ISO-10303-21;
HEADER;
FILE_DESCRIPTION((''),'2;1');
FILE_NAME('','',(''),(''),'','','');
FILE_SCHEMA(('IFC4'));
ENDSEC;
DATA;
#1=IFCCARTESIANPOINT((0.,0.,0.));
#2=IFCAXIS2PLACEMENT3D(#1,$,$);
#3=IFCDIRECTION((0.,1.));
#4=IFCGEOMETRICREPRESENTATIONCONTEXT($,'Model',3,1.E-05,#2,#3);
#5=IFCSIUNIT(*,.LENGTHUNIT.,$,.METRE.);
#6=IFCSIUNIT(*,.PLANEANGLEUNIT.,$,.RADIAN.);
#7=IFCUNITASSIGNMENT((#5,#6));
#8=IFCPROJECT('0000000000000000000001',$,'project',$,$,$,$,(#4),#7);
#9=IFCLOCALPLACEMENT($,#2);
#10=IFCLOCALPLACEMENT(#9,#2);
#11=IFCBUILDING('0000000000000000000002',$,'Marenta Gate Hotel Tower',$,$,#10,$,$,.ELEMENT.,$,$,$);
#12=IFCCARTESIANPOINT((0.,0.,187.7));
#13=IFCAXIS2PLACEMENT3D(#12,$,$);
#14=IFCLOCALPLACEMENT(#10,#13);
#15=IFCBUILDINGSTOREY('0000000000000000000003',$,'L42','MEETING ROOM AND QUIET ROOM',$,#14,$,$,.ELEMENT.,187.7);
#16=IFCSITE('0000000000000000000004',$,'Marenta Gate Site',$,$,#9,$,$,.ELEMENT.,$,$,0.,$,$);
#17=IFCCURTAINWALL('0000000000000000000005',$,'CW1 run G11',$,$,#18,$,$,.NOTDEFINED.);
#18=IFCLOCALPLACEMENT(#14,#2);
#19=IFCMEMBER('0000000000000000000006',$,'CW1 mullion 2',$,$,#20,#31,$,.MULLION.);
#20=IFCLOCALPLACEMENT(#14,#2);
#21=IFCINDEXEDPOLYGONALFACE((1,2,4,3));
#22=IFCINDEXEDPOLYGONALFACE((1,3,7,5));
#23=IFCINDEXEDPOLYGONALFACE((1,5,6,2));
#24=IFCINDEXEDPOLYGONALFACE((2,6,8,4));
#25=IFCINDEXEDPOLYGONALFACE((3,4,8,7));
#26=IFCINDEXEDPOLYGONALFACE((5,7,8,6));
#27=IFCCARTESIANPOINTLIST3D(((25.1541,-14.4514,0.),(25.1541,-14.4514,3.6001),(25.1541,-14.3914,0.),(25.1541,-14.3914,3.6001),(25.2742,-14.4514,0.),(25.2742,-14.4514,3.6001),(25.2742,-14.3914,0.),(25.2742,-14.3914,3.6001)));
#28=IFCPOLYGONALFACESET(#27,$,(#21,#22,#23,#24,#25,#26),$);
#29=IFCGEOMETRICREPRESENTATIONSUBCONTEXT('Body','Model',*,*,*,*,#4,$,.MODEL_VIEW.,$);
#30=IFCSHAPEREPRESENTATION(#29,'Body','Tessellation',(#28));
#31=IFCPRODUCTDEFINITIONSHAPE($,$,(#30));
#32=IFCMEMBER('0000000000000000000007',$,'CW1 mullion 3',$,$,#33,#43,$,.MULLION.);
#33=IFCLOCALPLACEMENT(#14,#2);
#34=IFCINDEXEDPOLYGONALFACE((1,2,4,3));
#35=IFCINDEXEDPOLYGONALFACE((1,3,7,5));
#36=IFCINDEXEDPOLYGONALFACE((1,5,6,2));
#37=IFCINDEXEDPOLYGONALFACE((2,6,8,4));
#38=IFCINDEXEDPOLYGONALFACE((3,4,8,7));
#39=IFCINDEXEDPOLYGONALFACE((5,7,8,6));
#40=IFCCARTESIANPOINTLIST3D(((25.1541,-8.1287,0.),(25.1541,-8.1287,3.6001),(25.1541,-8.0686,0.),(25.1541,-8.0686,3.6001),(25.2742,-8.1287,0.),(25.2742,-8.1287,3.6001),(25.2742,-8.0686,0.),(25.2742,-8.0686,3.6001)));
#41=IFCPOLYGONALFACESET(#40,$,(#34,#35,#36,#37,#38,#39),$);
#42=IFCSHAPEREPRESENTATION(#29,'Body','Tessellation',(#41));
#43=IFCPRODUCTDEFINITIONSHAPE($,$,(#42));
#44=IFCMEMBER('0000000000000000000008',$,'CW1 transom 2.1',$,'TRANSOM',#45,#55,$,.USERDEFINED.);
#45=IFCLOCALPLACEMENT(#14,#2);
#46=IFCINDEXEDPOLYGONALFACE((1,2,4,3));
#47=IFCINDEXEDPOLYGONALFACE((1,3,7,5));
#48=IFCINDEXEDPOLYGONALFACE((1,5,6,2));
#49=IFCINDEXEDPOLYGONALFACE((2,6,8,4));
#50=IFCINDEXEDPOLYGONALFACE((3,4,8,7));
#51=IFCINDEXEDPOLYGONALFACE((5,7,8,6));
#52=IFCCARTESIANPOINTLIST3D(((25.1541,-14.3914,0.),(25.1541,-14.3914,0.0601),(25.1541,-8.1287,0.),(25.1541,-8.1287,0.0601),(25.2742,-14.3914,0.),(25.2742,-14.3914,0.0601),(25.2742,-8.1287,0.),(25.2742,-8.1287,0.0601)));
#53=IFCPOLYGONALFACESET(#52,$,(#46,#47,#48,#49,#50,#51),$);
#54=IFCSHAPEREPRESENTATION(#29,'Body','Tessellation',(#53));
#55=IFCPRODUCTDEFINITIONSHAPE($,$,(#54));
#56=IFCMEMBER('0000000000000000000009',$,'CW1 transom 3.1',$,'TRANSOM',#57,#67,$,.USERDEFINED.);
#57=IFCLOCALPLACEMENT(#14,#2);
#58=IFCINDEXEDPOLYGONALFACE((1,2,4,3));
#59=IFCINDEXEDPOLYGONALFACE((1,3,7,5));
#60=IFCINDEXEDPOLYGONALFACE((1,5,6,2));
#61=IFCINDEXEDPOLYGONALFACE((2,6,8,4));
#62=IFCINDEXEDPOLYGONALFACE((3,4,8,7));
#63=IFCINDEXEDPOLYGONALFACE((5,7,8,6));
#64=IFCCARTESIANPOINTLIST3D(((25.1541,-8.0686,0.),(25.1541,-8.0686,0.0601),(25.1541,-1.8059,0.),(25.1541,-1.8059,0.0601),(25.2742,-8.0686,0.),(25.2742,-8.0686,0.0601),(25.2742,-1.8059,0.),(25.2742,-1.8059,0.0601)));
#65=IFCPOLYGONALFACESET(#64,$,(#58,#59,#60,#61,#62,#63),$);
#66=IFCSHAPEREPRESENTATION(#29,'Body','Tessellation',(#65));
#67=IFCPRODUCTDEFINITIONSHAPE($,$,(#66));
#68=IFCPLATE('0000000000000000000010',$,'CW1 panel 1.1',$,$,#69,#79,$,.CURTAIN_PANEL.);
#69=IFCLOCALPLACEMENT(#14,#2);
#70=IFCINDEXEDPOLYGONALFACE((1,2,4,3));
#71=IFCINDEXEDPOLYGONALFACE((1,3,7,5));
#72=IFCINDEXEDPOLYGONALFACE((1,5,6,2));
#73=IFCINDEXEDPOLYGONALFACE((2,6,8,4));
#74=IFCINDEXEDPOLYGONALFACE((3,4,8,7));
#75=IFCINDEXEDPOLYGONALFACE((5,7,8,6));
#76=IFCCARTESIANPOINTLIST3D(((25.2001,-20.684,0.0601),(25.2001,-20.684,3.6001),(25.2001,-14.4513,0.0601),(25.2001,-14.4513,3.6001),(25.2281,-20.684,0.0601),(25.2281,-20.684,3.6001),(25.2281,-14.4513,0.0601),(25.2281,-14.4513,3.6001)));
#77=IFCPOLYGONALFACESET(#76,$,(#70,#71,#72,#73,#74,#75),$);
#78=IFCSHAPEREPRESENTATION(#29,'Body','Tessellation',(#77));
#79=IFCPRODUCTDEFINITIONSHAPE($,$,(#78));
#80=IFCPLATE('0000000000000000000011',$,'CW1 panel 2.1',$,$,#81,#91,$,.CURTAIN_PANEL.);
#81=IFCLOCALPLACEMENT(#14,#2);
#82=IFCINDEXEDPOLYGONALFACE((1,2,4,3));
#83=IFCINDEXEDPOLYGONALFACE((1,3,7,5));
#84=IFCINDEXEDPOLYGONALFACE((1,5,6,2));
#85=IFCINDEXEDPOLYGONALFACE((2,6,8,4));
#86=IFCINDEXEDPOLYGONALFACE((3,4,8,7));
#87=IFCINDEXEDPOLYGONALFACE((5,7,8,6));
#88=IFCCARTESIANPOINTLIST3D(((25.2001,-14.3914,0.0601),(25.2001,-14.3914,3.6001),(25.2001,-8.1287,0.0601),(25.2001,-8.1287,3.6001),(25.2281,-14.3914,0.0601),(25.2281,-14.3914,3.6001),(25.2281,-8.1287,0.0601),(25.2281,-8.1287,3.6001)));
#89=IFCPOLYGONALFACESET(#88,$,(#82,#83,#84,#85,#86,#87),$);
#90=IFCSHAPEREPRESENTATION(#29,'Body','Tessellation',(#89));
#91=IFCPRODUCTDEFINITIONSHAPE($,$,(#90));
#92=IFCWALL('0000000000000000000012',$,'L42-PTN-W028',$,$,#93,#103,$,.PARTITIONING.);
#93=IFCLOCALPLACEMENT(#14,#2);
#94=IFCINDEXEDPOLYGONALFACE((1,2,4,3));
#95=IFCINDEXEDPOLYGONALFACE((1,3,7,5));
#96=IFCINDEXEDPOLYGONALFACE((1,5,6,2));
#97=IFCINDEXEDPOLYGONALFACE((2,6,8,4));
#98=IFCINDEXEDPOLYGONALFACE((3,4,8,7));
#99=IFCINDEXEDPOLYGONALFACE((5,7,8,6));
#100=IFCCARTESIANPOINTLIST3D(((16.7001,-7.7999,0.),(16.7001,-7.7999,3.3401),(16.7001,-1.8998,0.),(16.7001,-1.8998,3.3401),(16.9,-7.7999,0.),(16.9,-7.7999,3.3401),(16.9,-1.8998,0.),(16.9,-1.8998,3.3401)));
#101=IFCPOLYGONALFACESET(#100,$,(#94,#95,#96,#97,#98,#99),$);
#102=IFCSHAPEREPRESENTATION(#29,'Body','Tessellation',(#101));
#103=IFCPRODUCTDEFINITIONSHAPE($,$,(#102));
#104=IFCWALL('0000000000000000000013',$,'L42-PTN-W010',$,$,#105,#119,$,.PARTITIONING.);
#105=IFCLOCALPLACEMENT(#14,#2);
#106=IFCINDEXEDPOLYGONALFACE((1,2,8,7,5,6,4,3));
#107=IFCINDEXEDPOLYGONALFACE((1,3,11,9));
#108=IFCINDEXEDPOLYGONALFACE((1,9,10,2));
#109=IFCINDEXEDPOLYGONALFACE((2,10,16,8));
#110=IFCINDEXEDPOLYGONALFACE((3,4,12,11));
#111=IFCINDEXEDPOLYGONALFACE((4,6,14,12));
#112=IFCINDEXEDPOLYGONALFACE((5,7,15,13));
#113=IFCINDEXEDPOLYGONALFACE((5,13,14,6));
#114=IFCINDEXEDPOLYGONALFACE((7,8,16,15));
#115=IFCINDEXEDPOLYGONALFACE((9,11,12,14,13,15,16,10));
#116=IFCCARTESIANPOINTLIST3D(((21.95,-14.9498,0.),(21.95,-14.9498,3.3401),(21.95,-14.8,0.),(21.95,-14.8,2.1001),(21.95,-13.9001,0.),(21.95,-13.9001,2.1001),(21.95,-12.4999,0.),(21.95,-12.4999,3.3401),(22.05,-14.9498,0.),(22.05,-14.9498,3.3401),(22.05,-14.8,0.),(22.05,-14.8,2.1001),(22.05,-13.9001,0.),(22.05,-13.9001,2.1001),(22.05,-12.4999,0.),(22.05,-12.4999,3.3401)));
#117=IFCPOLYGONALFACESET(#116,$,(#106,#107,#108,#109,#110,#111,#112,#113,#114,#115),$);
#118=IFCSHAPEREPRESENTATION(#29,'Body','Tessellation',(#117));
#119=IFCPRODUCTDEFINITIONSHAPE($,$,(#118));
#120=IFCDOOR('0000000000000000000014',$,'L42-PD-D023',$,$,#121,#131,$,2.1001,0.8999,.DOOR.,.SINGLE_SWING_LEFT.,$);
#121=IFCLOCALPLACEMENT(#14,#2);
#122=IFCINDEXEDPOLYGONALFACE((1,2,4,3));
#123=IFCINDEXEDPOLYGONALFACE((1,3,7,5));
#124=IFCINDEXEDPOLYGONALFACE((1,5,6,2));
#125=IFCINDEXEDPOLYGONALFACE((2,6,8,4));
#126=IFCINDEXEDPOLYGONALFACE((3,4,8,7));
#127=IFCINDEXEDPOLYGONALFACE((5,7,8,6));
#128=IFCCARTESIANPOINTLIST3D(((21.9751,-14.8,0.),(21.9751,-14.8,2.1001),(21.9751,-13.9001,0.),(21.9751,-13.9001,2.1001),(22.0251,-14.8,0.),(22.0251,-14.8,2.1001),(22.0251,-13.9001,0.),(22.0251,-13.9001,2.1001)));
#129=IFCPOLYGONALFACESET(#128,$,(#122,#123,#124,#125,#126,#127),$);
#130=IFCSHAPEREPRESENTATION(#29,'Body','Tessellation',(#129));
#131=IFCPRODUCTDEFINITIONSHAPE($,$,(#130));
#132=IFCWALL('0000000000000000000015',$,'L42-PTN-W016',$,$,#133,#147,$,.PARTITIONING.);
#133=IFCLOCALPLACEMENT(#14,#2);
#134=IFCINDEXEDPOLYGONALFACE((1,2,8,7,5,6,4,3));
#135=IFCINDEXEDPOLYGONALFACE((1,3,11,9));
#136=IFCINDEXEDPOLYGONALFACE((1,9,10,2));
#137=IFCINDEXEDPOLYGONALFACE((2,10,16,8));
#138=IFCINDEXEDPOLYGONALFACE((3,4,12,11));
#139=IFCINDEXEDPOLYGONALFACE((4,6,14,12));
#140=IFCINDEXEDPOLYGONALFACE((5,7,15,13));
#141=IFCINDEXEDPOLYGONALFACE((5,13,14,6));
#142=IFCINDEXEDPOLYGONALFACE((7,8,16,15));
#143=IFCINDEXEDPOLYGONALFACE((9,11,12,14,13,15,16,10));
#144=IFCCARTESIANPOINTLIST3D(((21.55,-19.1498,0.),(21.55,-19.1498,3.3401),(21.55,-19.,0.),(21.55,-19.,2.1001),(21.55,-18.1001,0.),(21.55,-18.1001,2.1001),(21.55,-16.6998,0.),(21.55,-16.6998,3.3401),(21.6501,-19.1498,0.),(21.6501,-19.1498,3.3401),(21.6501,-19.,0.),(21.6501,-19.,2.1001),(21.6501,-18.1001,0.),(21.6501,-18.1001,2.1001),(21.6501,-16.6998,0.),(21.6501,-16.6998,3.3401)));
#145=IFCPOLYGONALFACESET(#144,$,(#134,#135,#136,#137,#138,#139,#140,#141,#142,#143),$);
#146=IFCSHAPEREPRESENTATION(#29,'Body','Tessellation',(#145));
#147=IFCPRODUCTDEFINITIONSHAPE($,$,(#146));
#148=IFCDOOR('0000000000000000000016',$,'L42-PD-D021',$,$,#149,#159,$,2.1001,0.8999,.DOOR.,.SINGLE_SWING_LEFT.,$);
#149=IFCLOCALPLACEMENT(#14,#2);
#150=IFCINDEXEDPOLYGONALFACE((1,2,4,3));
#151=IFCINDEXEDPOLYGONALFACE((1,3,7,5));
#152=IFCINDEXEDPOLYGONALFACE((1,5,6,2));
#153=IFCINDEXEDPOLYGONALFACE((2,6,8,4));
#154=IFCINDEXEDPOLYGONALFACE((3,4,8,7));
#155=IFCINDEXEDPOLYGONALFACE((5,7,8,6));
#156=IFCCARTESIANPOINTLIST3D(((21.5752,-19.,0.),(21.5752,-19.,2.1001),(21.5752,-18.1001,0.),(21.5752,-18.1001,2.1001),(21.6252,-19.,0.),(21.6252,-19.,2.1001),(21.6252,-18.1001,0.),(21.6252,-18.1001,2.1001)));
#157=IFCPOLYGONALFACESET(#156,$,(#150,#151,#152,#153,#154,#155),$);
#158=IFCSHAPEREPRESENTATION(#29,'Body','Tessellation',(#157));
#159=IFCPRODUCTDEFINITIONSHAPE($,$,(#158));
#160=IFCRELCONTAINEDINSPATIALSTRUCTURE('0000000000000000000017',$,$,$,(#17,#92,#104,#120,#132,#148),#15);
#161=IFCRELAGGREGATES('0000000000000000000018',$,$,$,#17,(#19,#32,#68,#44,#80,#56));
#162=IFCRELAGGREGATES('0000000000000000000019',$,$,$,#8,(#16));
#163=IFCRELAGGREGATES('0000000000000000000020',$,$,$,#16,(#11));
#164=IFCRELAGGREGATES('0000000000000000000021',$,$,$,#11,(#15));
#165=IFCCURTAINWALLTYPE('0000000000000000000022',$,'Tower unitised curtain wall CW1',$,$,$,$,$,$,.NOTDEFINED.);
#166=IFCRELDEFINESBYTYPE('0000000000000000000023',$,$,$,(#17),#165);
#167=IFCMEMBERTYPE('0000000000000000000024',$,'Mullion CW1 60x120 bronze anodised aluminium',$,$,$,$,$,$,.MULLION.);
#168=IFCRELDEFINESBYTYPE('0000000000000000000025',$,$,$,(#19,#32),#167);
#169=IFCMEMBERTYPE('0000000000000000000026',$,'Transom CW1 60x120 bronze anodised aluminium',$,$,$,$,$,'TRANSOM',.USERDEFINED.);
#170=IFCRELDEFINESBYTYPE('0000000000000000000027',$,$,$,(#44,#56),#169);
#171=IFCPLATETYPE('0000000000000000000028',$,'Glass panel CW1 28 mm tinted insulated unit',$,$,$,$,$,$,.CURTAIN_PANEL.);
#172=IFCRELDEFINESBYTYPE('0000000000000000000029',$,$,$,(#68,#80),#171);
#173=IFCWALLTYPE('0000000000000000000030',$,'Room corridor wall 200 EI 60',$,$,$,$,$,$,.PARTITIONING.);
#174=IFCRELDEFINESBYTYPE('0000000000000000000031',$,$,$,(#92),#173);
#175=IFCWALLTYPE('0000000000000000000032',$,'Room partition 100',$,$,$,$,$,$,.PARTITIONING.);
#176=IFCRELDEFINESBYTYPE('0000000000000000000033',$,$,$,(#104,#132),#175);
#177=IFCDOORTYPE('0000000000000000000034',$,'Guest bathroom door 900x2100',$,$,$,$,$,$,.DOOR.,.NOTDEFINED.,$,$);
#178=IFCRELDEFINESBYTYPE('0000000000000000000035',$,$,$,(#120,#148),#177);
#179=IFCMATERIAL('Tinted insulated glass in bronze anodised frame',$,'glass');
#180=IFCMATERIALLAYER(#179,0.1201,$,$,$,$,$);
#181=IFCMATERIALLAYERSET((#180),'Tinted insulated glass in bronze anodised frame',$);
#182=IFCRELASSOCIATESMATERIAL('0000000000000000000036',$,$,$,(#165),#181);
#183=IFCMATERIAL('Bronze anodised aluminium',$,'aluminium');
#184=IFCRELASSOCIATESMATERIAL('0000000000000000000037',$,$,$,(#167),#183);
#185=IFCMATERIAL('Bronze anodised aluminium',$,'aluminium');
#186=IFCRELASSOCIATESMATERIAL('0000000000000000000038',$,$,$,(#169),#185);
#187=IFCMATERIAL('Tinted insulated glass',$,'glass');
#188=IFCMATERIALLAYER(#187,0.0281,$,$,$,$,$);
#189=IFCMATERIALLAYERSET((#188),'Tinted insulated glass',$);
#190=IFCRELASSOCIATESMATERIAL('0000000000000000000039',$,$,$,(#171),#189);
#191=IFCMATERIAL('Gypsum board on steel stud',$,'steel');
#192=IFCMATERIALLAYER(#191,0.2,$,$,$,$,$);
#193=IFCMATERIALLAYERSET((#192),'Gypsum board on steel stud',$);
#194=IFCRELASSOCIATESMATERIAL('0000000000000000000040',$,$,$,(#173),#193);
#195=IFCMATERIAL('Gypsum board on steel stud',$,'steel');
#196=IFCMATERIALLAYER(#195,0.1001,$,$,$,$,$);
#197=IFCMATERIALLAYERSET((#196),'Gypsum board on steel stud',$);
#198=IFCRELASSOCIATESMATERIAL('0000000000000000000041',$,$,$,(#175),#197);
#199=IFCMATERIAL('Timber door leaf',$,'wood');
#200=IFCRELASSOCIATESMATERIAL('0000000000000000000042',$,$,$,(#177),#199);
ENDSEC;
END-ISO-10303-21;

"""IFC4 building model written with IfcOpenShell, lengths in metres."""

from ifc_helpers import new_model, si_unit, direction, frame, frame_2d, origin, origin_2d, place, context, subcontext, project, spatial, rectangle, extrude, material, layer, layer_set, material_profile, profile_set, type_object, element, fill, aggregate, save


model = new_model("IFC4")

# Units and contexts
model_context = context("Model", 3, precision=1e-05, world=origin(), true_north=direction((0.0, 1.0)))
body_context = subcontext(model_context, "Body", "Model", "MODEL_VIEW")
ifc_project = project(units=[si_unit("LENGTHUNIT", "METRE"), si_unit("PLANEANGLEUNIT", "RADIAN")], contexts=[model_context])

# Site, building, storey
site_placement = place(None, origin())
site = spatial("IfcSite", under=ifc_project, at=site_placement, Name="Marenta Gate Site", CompositionType="ELEMENT", RefElevation=0.0)
building_placement = place(site_placement, origin())
building = spatial("IfcBuilding", under=site, at=building_placement, Name="Marenta Gate Hotel Tower", CompositionType="ELEMENT")
storey_placement = place(building_placement, frame((0.0, 0.0, 187.7)))
storey = spatial("IfcBuildingStorey", under=building, at=storey_placement, Name="L42", Description="MEETING ROOM AND QUIET ROOM", CompositionType="ELEMENT", Elevation=187.7)

# Curtain wall, members, plates
ifc_material_1 = material(Name="Tinted insulated glass in bronze anodised frame", Category="glass")
ifc_layer_1 = layer(ifc_material_1, 0.1201)
ifc_layer_set_1 = layer_set([ifc_layer_1], Name="Tinted insulated glass in bronze anodised frame")
curtain_wall_type = type_object("IfcCurtainWallType", Name="Tower unitised curtain wall CW1", PredefinedType="NOTDEFINED", material=ifc_layer_set_1)
curtain_wall_placement = place(storey_placement, origin())
curtain_wall = element("IfcCurtainWall", 1, at=curtain_wall_placement, inside=storey, type_object=curtain_wall_type, Name="CW1 run G11", PredefinedType="NOTDEFINED")
ifc_material_2 = material(Name="Bronze anodised aluminium", Category="aluminium")
ifc_material_profile_1 = material_profile(ifc_material_2, rectangle(XDim=0.1201, YDim=0.0601, at=origin_2d()), Name="Mullion CW1 60x120 bronze anodised aluminium")
ifc_profile_set_1 = profile_set([ifc_material_profile_1], Name="Bronze anodised aluminium")
member_type_1 = type_object("IfcMemberType", Name="Mullion CW1 60x120 bronze anodised aluminium", PredefinedType="MULLION", material=ifc_profile_set_1)
member_1_placement = place(storey_placement, frame((25.2141, -14.4214, 0.0), z_axis=(0.0, 0.0, 1.0), x_axis=(-1.0, 0.0, 0.0)))
member_1 = element("IfcMember", 2, at=member_1_placement, type_object=member_type_1, Name="CW1 mullion 2", PredefinedType="MULLION", context=body_context, shape_type="SweptSolid", body=[
    extrude(rectangle(XDim=0.1201, YDim=0.0601, at=origin_2d()), origin(), (0.0, 0.0, 1.0), 3.6001),
])
member_2_placement = place(storey_placement, frame((25.2141, -8.0986, 0.0), z_axis=(0.0, 0.0, 1.0), x_axis=(-1.0, 0.0, 0.0)))
member_2 = element("IfcMember", 3, at=member_2_placement, type_object=member_type_1, Name="CW1 mullion 3", PredefinedType="MULLION", context=body_context, shape_type="SweptSolid", body=[
    extrude(rectangle(XDim=0.1201, YDim=0.0601, at=origin_2d()), origin(), (0.0, 0.0, 1.0), 3.6001),
])
ifc_material_3 = material(Name="Bronze anodised aluminium", Category="aluminium")
ifc_material_profile_2 = material_profile(ifc_material_3, rectangle(XDim=0.1201, YDim=0.0601, at=origin_2d()), Name="Transom CW1 60x120 bronze anodised aluminium")
ifc_profile_set_2 = profile_set([ifc_material_profile_2], Name="Bronze anodised aluminium")
member_type_2 = type_object("IfcMemberType", Name="Transom CW1 60x120 bronze anodised aluminium", ElementType="TRANSOM", PredefinedType="USERDEFINED", material=ifc_profile_set_2)
member_3_placement = place(storey_placement, frame((25.2141, -14.3914, 0.03), z_axis=(0.0, 1.0, 0.0), x_axis=(-1.0, 0.0, 0.0)))
member_3 = element("IfcMember", 4, at=member_3_placement, type_object=member_type_2, Name="CW1 transom 2.1", ObjectType="TRANSOM", PredefinedType="USERDEFINED", context=body_context, shape_type="SweptSolid", body=[
    extrude(rectangle(XDim=0.1201, YDim=0.0601, at=origin_2d()), origin(), (0.0, 0.0, 1.0), 6.2627),
])
member_4_placement = place(storey_placement, frame((25.2141, -8.0686, 0.03), z_axis=(0.0, 1.0, 0.0), x_axis=(-1.0, 0.0, 0.0)))
member_4 = element("IfcMember", 5, at=member_4_placement, type_object=member_type_2, Name="CW1 transom 3.1", ObjectType="TRANSOM", PredefinedType="USERDEFINED", context=body_context, shape_type="SweptSolid", body=[
    extrude(rectangle(XDim=0.1201, YDim=0.0601, at=origin_2d()), origin(), (0.0, 0.0, 1.0), 6.2627),
])
ifc_material_4 = material(Name="Tinted insulated glass", Category="glass")
ifc_layer_2 = layer(ifc_material_4, 0.0281)
ifc_layer_set_2 = layer_set([ifc_layer_2], Name="Tinted insulated glass")
plate_type = type_object("IfcPlateType", Name="Glass panel CW1 28 mm tinted insulated unit", PredefinedType="CURTAIN_PANEL", material=ifc_layer_set_2)
plate_1_placement = place(storey_placement, frame((25.2141, -17.5676, 0.0601), z_axis=(0.0, 0.0, 1.0), x_axis=(0.0, 1.0, 0.0)))
plate_1 = element("IfcPlate", 6, at=plate_1_placement, type_object=plate_type, Name="CW1 panel 1.1", PredefinedType="CURTAIN_PANEL", context=body_context, shape_type="SweptSolid", body=[
    extrude(rectangle(XDim=6.2327, YDim=0.0281, at=origin_2d()), origin(), (0.0, 0.0, 1.0), 3.54),
])
plate_2_placement = place(storey_placement, frame((25.2141, -11.26, 0.0601), z_axis=(0.0, 0.0, 1.0), x_axis=(0.0, 1.0, 0.0)))
plate_2 = element("IfcPlate", 7, at=plate_2_placement, type_object=plate_type, Name="CW1 panel 2.1", PredefinedType="CURTAIN_PANEL", context=body_context, shape_type="SweptSolid", body=[
    extrude(rectangle(XDim=6.2627, YDim=0.0281, at=origin_2d()), origin(), (0.0, 0.0, 1.0), 3.54),
])
aggregate(curtain_wall, [member_1, member_2, plate_1, member_3, plate_2, member_4])

# Wall
ifc_material_5 = material(Name="Gypsum board on steel stud", Category="steel")
ifc_layer_3 = layer(ifc_material_5, 0.2)
ifc_layer_set_3 = layer_set([ifc_layer_3], Name="Gypsum board on steel stud")
wall_type_1 = type_object("IfcWallType", Name="Room corridor wall 200 EI 60", PredefinedType="PARTITIONING", material=ifc_layer_set_3)
wall_1_placement = place(storey_placement, frame((16.8, -7.8, 0.0), z_axis=(0.0, 0.0, 1.0), x_axis=(0.0, 1.0, 0.0)))
element("IfcWall", 8, at=wall_1_placement, inside=storey, type_object=wall_type_1, Name="L42-PTN-W028", PredefinedType="PARTITIONING", context=body_context, shape_type="SweptSolid", body=[
    extrude(rectangle(XDim=5.9001, YDim=0.2, at=frame_2d((2.9502, 0.0))), origin(), (0.0, 0.0, 1.0), 3.3401),
])

# Walls, openings, doors
ifc_material_6 = material(Name="Gypsum board on steel stud", Category="steel")
ifc_layer_4 = layer(ifc_material_6, 0.1001)
ifc_layer_set_4 = layer_set([ifc_layer_4], Name="Gypsum board on steel stud")
wall_type_2 = type_object("IfcWallType", Name="Room partition 100", PredefinedType="PARTITIONING", material=ifc_layer_set_4)
wall_2_placement = place(storey_placement, frame((22.0, -14.95, 0.0), z_axis=(0.0, 0.0, 1.0), x_axis=(0.0, 1.0, 0.0)))
wall_2 = element("IfcWall", 9, at=wall_2_placement, inside=storey, type_object=wall_type_2, Name="L42-PTN-W010", PredefinedType="PARTITIONING", context=body_context, shape_type="SweptSolid", body=[
    extrude(rectangle(XDim=2.45, YDim=0.1001, at=frame_2d((1.2251, 0.0))), origin(), (0.0, 0.0, 1.0), 3.3401),
])
opening_1_placement = place(wall_2_placement, frame((0.1499, 0.0, 0.0)))
opening_1 = element("IfcOpeningElement", 10, at=opening_1_placement, cuts=wall_2, PredefinedType="OPENING", context=body_context, shape_type="SweptSolid", body=[
    extrude(rectangle(XDim=0.8999, YDim=2.1001, at=frame_2d((0.45, 1.05))), frame((0.0, 0.05, 0.0), z_axis=(0.0, -1.0, 0.0), x_axis=(1.0, 0.0, 0.0)), (0.0, 0.0, 1.0), 0.1001),
])
ifc_material_7 = material(Name="Timber door leaf", Category="wood")
door_type = type_object("IfcDoorType", Name="Guest bathroom door 900x2100", OperationType="NOTDEFINED", PredefinedType="DOOR", material=ifc_material_7)
door_1_placement = place(opening_1_placement, origin())
door_1 = element("IfcDoor", 11, at=door_1_placement, inside=storey, type_object=door_type, Name="L42-PD-D023", OperationType="SINGLE_SWING_LEFT", OverallHeight=2.1001, OverallWidth=0.8999, PredefinedType="DOOR", context=body_context, shape_type="SweptSolid", body=[
    extrude(rectangle(XDim=0.8999, YDim=2.1001, at=frame_2d((0.45, 1.05))), frame((0.0, 0.0249, 0.0), z_axis=(0.0, -1.0, 0.0), x_axis=(1.0, 0.0, 0.0)), (0.0, 0.0, 1.0), 0.05),
])
fill(opening_1, door_1)
wall_3_placement = place(storey_placement, frame((21.6001, -19.1499, 0.0), z_axis=(0.0, 0.0, 1.0), x_axis=(0.0, 1.0, 0.0)))
wall_3 = element("IfcWall", 12, at=wall_3_placement, inside=storey, type_object=wall_type_2, Name="L42-PTN-W016", PredefinedType="PARTITIONING", context=body_context, shape_type="SweptSolid", body=[
    extrude(rectangle(XDim=2.45, YDim=0.1001, at=frame_2d((1.2251, 0.0))), origin(), (0.0, 0.0, 1.0), 3.3401),
])
opening_2_placement = place(wall_3_placement, frame((0.1499, 0.0, 0.0)))
opening_2 = element("IfcOpeningElement", 13, at=opening_2_placement, cuts=wall_3, PredefinedType="OPENING", context=body_context, shape_type="SweptSolid", body=[
    extrude(rectangle(XDim=0.8999, YDim=2.1001, at=frame_2d((0.45, 1.05))), frame((0.0, 0.05, 0.0), z_axis=(0.0, -1.0, 0.0), x_axis=(1.0, 0.0, 0.0)), (0.0, 0.0, 1.0), 0.1001),
])
door_2_placement = place(opening_2_placement, origin())
door_2 = element("IfcDoor", 14, at=door_2_placement, inside=storey, type_object=door_type, Name="L42-PD-D021", OperationType="SINGLE_SWING_LEFT", OverallHeight=2.1001, OverallWidth=0.8999, PredefinedType="DOOR", context=body_context, shape_type="SweptSolid", body=[
    extrude(rectangle(XDim=0.8999, YDim=2.1001, at=frame_2d((0.45, 1.05))), frame((0.0, 0.0249, 0.0), z_axis=(0.0, -1.0, 0.0), x_axis=(1.0, 0.0, 0.0)), (0.0, 0.0, 1.0), 0.05),
])
fill(opening_2, door_2)

save(model, "model.ifc")
